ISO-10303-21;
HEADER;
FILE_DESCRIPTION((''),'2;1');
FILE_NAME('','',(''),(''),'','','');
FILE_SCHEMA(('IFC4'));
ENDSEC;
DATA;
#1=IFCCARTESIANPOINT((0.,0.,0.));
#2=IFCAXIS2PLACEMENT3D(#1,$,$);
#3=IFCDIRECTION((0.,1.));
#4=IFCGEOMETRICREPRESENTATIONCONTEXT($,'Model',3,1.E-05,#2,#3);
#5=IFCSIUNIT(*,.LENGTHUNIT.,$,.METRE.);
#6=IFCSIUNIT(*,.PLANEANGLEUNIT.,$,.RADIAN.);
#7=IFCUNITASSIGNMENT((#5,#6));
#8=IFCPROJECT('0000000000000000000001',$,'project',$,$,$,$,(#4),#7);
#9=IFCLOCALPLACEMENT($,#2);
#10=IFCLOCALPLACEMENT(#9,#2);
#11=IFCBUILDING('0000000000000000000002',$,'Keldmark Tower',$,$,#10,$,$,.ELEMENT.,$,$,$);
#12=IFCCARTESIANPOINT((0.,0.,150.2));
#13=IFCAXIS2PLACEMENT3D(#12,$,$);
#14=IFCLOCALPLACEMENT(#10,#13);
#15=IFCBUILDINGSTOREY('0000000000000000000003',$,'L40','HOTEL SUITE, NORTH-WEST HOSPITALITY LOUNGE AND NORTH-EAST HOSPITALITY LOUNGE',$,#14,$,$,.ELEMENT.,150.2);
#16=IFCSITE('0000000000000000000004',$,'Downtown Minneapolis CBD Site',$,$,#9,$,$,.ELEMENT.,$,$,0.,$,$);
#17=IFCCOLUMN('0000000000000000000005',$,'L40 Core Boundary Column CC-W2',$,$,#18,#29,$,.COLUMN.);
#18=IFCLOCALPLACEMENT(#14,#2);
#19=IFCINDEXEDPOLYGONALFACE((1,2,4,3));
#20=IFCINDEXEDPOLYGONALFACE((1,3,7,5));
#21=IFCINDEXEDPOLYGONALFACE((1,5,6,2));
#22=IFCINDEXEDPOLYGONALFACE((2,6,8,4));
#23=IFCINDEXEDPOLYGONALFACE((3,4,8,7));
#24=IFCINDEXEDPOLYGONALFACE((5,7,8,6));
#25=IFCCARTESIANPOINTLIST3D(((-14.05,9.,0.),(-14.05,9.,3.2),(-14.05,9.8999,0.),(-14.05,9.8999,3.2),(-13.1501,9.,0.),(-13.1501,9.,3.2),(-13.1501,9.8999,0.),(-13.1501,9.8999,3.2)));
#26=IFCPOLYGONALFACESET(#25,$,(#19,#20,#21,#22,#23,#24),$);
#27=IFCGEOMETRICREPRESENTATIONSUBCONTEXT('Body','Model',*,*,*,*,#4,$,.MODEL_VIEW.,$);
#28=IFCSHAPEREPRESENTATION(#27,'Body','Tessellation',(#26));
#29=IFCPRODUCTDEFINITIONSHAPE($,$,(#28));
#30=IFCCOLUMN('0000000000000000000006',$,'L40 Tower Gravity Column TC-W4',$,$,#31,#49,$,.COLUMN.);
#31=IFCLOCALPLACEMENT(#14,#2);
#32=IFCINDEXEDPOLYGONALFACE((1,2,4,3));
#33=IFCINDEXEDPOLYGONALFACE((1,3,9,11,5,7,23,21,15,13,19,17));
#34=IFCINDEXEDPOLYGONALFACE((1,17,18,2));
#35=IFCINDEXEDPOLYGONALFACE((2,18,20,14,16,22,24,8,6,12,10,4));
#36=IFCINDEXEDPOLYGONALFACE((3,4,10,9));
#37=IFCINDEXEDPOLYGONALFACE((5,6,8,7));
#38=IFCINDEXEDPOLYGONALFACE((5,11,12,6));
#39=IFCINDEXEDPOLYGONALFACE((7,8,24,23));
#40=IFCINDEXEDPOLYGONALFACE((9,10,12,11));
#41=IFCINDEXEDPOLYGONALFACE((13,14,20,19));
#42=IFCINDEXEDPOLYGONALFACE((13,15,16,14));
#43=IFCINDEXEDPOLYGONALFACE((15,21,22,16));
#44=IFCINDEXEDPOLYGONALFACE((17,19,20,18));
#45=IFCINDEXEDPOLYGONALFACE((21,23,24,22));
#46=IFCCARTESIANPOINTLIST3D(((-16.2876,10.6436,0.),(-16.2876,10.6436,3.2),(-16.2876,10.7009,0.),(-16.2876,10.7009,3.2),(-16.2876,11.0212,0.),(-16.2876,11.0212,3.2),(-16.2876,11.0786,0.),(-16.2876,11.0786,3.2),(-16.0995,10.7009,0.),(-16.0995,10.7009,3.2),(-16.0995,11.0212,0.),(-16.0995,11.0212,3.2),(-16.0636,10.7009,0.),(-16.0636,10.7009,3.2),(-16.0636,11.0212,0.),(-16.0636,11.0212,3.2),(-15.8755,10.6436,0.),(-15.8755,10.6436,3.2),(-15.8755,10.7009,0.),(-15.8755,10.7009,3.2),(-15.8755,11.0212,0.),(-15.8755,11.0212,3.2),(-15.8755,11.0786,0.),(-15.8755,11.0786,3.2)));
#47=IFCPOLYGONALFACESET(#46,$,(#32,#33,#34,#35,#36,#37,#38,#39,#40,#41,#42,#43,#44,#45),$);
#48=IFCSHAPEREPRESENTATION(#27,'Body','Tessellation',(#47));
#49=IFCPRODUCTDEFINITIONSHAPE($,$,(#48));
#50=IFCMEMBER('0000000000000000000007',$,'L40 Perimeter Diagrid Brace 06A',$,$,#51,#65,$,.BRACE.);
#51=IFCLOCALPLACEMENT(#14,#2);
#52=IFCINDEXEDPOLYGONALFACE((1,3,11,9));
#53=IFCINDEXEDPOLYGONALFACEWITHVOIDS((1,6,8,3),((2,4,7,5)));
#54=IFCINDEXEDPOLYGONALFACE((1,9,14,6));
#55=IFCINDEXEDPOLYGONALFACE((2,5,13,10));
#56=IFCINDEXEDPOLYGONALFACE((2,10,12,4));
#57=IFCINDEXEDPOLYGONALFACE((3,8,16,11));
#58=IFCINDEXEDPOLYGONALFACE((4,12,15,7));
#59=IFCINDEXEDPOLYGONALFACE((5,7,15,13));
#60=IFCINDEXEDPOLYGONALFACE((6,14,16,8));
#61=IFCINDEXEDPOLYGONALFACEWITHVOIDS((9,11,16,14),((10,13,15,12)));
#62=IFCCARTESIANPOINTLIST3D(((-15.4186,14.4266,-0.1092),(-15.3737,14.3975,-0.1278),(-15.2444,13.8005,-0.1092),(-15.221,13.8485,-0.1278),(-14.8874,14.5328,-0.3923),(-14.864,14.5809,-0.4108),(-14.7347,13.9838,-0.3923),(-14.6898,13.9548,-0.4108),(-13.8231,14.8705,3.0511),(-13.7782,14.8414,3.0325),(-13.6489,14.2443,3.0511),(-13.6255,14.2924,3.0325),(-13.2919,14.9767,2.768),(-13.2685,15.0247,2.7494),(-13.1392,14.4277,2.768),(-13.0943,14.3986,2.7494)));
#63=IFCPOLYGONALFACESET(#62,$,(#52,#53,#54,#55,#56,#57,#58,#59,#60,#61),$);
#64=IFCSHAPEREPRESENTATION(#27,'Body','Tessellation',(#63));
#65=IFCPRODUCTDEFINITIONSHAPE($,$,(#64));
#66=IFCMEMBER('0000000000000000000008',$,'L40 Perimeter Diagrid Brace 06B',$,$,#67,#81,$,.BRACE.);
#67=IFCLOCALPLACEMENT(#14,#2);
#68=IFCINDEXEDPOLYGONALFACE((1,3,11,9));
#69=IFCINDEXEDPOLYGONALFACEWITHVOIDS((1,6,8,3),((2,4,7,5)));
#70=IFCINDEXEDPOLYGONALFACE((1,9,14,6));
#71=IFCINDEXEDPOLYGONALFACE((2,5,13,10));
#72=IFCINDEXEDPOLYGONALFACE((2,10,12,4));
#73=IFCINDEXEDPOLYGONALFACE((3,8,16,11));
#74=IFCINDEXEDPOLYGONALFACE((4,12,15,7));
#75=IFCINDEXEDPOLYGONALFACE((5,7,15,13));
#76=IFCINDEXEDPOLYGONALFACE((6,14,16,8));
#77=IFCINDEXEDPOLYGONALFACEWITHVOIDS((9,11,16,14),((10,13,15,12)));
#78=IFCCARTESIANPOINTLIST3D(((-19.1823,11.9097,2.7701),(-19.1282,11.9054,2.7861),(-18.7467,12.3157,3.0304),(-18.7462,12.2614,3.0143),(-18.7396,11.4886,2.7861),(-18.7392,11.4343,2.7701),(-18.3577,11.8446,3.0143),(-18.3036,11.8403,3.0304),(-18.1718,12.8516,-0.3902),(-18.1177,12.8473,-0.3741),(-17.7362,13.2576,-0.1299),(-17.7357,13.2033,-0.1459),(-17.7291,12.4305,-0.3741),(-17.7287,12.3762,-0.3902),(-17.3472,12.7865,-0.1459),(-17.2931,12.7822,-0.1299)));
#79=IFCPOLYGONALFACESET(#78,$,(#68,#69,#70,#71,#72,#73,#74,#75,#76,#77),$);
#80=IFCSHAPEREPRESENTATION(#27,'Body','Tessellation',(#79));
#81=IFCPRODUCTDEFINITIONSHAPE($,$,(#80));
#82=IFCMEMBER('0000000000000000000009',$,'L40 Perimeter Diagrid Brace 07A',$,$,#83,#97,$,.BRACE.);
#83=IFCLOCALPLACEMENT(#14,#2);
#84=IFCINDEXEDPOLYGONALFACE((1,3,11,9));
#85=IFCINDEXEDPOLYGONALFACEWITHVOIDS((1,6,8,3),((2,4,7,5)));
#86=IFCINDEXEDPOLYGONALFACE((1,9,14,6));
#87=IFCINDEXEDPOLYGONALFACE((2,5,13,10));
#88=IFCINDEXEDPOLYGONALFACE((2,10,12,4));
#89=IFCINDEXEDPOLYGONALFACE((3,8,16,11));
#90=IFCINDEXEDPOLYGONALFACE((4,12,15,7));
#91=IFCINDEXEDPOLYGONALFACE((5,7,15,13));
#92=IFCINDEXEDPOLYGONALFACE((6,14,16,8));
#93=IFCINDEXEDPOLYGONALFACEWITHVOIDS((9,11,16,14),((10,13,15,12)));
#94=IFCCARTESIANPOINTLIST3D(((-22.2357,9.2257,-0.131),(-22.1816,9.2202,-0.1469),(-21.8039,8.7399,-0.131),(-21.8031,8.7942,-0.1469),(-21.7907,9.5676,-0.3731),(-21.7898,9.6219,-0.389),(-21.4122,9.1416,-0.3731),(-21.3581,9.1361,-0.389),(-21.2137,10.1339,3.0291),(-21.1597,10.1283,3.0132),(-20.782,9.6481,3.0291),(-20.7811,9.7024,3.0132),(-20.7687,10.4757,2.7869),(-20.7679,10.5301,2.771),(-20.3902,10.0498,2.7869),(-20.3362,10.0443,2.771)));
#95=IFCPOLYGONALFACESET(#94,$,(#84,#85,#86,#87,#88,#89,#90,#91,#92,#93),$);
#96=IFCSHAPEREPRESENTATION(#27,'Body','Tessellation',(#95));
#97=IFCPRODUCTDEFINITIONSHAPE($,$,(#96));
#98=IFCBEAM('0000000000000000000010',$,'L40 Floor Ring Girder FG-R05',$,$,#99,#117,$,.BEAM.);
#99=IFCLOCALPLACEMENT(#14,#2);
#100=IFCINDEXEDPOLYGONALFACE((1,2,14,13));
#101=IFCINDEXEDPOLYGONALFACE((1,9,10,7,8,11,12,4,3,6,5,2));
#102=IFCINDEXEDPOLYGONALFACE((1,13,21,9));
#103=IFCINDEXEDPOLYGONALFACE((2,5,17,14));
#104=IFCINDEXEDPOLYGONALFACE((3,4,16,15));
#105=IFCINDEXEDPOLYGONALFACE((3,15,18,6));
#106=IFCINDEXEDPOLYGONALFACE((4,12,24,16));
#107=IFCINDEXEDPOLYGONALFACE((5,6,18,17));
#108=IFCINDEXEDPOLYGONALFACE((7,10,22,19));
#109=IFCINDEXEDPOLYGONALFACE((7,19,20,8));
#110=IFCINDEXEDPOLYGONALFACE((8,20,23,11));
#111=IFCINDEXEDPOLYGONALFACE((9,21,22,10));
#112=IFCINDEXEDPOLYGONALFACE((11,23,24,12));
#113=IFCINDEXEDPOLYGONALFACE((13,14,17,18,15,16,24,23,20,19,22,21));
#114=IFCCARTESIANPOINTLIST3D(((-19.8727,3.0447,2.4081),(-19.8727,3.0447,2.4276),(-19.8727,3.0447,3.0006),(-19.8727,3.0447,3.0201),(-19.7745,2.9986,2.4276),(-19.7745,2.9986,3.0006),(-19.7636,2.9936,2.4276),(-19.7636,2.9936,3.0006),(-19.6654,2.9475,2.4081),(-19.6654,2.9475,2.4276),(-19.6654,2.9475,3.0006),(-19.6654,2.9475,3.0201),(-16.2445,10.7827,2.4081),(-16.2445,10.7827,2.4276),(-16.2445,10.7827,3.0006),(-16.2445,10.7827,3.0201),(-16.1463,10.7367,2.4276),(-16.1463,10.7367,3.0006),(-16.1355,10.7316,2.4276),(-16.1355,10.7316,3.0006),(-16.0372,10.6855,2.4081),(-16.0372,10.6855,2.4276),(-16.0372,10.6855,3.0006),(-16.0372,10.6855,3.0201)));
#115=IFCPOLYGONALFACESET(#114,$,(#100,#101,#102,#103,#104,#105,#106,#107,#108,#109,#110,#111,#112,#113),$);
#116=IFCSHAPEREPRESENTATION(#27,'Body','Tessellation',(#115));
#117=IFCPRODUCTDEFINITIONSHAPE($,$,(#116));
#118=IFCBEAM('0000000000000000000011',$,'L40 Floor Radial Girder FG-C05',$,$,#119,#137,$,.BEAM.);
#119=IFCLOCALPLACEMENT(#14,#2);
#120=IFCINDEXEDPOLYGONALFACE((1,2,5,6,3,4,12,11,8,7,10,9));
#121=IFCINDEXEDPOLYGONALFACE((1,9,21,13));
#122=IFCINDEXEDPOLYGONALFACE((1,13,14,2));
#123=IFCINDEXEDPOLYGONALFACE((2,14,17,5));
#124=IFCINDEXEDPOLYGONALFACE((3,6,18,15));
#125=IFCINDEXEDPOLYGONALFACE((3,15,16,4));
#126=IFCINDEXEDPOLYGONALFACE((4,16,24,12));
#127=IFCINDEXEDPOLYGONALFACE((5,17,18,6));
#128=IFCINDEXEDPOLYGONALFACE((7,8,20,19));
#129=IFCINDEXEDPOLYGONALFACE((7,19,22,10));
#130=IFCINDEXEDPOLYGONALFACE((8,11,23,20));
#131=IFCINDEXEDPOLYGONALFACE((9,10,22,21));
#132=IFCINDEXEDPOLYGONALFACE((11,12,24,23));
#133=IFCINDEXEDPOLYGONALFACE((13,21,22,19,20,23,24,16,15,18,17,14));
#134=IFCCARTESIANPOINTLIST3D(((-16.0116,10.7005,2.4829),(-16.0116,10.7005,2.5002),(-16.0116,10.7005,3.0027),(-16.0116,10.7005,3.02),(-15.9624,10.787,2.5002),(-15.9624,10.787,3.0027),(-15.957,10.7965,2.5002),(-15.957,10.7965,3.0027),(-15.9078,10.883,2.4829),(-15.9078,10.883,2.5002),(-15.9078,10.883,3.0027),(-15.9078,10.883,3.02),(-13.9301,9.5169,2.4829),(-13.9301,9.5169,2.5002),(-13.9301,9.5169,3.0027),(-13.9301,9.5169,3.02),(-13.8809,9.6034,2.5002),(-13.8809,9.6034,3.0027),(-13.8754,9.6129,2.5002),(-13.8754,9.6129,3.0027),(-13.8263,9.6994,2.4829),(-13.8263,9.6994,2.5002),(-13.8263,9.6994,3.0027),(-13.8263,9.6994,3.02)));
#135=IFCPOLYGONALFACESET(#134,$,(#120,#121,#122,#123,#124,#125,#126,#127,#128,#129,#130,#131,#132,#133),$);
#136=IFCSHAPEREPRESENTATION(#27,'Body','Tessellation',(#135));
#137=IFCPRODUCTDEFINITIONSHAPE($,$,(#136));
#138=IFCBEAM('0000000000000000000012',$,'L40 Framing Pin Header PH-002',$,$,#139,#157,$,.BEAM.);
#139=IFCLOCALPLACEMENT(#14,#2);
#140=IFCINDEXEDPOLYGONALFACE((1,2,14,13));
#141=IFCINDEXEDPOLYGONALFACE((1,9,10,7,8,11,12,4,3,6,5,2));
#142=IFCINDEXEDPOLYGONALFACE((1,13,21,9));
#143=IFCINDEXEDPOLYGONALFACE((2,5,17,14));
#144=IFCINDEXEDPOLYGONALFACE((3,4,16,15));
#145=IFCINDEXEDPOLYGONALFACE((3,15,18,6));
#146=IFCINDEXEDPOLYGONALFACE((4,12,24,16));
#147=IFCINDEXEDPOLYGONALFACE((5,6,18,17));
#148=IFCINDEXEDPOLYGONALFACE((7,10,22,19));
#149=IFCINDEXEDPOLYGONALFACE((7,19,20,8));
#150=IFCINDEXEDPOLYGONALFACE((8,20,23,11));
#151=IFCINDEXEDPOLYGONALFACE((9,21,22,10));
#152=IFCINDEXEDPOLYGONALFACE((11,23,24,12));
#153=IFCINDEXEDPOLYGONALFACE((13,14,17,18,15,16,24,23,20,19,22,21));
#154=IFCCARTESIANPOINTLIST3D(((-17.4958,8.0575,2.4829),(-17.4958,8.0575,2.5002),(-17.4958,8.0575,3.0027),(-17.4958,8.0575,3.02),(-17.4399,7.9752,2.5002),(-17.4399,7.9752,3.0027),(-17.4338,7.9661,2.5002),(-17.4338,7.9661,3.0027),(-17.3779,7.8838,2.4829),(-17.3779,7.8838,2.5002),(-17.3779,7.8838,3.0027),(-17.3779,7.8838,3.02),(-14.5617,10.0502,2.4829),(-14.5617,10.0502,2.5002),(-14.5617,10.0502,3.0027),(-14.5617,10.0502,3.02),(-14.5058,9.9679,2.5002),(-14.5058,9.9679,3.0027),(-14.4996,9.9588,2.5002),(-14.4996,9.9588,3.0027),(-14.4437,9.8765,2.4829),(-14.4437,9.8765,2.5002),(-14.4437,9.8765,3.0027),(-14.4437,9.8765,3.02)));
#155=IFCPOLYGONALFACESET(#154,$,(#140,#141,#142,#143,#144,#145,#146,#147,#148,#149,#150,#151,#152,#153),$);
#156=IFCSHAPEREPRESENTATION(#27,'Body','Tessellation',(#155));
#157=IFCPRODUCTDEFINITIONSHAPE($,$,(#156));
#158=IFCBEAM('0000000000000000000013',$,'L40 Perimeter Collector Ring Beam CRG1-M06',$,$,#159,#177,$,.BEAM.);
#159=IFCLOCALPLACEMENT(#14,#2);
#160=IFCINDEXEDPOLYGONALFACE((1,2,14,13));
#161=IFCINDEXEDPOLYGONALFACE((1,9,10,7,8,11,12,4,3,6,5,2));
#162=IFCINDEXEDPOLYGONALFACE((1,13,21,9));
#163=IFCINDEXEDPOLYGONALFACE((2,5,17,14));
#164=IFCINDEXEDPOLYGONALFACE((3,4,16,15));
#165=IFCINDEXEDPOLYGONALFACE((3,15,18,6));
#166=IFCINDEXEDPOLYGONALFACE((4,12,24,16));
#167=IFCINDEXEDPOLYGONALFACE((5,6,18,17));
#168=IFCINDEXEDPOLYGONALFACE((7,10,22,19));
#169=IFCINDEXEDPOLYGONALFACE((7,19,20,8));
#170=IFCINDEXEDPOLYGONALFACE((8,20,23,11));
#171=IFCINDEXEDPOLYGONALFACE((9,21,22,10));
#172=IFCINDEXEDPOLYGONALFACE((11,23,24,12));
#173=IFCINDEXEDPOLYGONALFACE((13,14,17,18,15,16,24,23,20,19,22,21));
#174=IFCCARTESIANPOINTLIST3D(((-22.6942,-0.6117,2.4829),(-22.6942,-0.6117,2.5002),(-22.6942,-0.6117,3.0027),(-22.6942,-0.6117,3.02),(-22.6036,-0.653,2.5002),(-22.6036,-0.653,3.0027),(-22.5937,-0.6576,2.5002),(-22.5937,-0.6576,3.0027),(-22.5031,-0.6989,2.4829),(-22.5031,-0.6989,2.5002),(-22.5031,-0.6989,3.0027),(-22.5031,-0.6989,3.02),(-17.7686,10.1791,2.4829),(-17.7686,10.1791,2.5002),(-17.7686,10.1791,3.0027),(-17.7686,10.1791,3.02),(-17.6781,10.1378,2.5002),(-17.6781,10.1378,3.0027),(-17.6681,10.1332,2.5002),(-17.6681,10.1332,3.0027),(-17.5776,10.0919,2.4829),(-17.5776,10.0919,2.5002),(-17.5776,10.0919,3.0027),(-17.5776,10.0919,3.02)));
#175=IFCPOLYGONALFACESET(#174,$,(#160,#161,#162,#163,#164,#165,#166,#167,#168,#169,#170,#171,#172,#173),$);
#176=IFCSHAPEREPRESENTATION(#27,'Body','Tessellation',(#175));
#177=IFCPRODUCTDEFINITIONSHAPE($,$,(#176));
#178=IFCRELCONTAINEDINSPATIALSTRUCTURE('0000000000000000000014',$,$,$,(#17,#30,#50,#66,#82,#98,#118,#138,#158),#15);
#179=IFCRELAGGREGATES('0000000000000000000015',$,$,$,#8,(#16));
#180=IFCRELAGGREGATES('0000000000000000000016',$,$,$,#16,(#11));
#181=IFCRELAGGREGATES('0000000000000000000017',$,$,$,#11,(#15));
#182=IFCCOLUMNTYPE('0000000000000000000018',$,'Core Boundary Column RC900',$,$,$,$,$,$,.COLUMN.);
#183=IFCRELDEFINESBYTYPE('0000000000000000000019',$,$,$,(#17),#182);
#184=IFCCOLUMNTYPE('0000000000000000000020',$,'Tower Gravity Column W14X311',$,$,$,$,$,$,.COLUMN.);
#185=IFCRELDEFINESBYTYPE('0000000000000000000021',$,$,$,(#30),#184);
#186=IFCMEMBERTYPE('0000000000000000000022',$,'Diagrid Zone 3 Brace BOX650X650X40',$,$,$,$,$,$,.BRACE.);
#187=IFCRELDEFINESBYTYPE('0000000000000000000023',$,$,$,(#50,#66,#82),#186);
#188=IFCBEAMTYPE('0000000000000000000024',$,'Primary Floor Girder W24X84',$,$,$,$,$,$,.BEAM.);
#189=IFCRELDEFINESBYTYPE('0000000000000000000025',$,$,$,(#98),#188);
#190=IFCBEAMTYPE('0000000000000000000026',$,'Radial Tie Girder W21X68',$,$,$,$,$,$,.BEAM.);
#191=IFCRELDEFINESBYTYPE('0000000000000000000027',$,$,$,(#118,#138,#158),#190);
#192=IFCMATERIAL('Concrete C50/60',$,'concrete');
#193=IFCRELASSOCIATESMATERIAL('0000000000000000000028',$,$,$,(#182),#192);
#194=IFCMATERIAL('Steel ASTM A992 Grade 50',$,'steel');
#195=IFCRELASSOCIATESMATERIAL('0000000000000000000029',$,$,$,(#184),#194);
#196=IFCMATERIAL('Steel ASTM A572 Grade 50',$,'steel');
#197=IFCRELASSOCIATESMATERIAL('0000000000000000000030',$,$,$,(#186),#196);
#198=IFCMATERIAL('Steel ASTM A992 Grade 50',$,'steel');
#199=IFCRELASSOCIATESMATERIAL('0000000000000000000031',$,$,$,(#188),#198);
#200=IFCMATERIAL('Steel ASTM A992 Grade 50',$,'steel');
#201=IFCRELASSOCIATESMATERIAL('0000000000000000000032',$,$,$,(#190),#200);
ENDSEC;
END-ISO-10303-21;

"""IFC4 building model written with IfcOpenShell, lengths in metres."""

from ifc_helpers import new_model, si_unit, direction, frame, origin, origin_2d, place, context, subcontext, project, spatial, rectangle, hollow_rectangle, i_section, extrude, material, material_profile, profile_set, type_object, element, save


model = new_model("IFC4")

# Units and contexts
model_context = context("Model", 3, precision=1e-05, world=origin(), true_north=direction((0.0, 1.0)))
body_context = subcontext(model_context, "Body", "Model", "MODEL_VIEW")
ifc_project = project(units=[si_unit("LENGTHUNIT", "METRE"), si_unit("PLANEANGLEUNIT", "RADIAN")], contexts=[model_context])

# Site, building, storey
site_placement = place(None, origin())
site = spatial("IfcSite", under=ifc_project, at=site_placement, Name="Downtown Minneapolis CBD Site", CompositionType="ELEMENT", RefElevation=0.0)
building_placement = place(site_placement, origin())
building = spatial("IfcBuilding", under=site, at=building_placement, Name="Keldmark Tower", CompositionType="ELEMENT")
storey_placement = place(building_placement, frame((0.0, 0.0, 150.2)))
storey = spatial("IfcBuildingStorey", under=building, at=storey_placement, Name="L40", Description="HOTEL SUITE, NORTH-WEST HOSPITALITY LOUNGE AND NORTH-EAST HOSPITALITY LOUNGE", CompositionType="ELEMENT", Elevation=150.2)

# Columns
ifc_material_1 = material(Name="Concrete C50/60", Category="concrete")
ifc_material_profile_1 = material_profile(ifc_material_1, rectangle(XDim=0.8999, YDim=0.8999, at=origin_2d()), Name="RC900X900")
ifc_profile_set_1 = profile_set([ifc_material_profile_1], Name="Concrete C50/60")
column_type_1 = type_object("IfcColumnType", Name="Core Boundary Column RC900", PredefinedType="COLUMN", material=ifc_profile_set_1)
column_1_placement = place(storey_placement, frame((-13.6001, 9.45, 0.0), z_axis=(0.0, 0.0, 1.0), x_axis=(1.0, 0.0, 0.0)))
element("IfcColumn", 1, at=column_1_placement, inside=storey, type_object=column_type_1, Name="L40 Core Boundary Column CC-W2", PredefinedType="COLUMN", context=body_context, shape_type="SweptSolid", body=[
    extrude(rectangle(XDim=0.8999, YDim=0.8999, at=origin_2d()), origin(), (0.0, 0.0, 1.0), 3.2),
])
ifc_material_2 = material(Name="Steel ASTM A992 Grade 50", Category="steel")
ifc_material_profile_2 = material_profile(ifc_material_2, i_section(OverallWidth=0.4121, OverallDepth=0.4351, WebThickness=0.0359, FlangeThickness=0.0574, at=origin_2d()), Name="W14X311")
ifc_profile_set_2 = profile_set([ifc_material_profile_2], Name="Steel ASTM A992 Grade 50")
column_type_2 = type_object("IfcColumnType", Name="Tower Gravity Column W14X311", PredefinedType="COLUMN", material=ifc_profile_set_2)
column_2_placement = place(storey_placement, frame((-16.0815, 10.8611, 0.0), z_axis=(0.0, 0.0, 1.0), x_axis=(1.0, 0.0, 0.0)))
element("IfcColumn", 2, at=column_2_placement, inside=storey, type_object=column_type_2, Name="L40 Tower Gravity Column TC-W4", PredefinedType="COLUMN", context=body_context, shape_type="SweptSolid", body=[
    extrude(i_section(OverallWidth=0.4121, OverallDepth=0.4351, WebThickness=0.0359, FlangeThickness=0.0574, at=origin_2d()), origin(), (0.0, 0.0, 1.0), 3.2),
])

# Members
ifc_material_3 = material(Name="Steel ASTM A572 Grade 50", Category="steel")
ifc_material_profile_3 = material_profile(ifc_material_3, hollow_rectangle(XDim=0.6499, YDim=0.6499, WallThickness=0.04, at=origin_2d()), Name="BOX650X650X40")
ifc_profile_set_3 = profile_set([ifc_material_profile_3], Name="Steel ASTM A572 Grade 50")
member_type = type_object("IfcMemberType", Name="Diagrid Zone 3 Brace BOX650X650X40", PredefinedType="BRACE", material=ifc_profile_set_3)
member_1_placement = place(storey_placement, frame((-15.0542, 14.1907, -0.26), z_axis=(0.447185, 0.124404, 0.885748), x_axis=(-0.268016, 0.963414, 0.0)))
element("IfcMember", 3, at=member_1_placement, inside=storey, type_object=member_type, Name="L40 Perimeter Diagrid Brace 06A", PredefinedType="BRACE", context=body_context, shape_type="SweptSolid", body=[
    extrude(hollow_rectangle(XDim=0.6499, YDim=0.6499, WallThickness=0.04, at=origin_2d()), origin(), (0.0, 0.0, 1.0), 3.5679),
])
member_2_placement = place(storey_placement, frame((-17.7324, 12.8169, -0.26), z_axis=(-0.292992, -0.273101, 0.916281), x_axis=(0.68184, -0.731502, 0.0)))
element("IfcMember", 4, at=member_2_placement, inside=storey, type_object=member_type, Name="L40 Perimeter Diagrid Brace 06B", PredefinedType="BRACE", context=body_context, shape_type="SweptSolid", body=[
    extrude(hollow_rectangle(XDim=0.6499, YDim=0.6499, WallThickness=0.04, at=origin_2d()), origin(), (0.0, 0.0, 1.0), 3.449),
])
member_3_placement = place(storey_placement, frame((-21.7969, 9.1809, -0.26), z_axis=(0.296806, 0.263765, 0.917788), x_axis=(-0.664275, 0.747488, 0.0)))
element("IfcMember", 5, at=member_3_placement, inside=storey, type_object=member_type, Name="L40 Perimeter Diagrid Brace 07A", PredefinedType="BRACE", context=body_context, shape_type="SweptSolid", body=[
    extrude(hollow_rectangle(XDim=0.6499, YDim=0.6499, WallThickness=0.04, at=origin_2d()), origin(), (0.0, 0.0, 1.0), 3.4431),
])

# Beams
ifc_material_4 = material(Name="Steel ASTM A992 Grade 50", Category="steel")
ifc_material_profile_4 = material_profile(ifc_material_4, i_section(OverallWidth=0.229, OverallDepth=0.6121, WebThickness=0.012, FlangeThickness=0.0195, at=origin_2d()), Name="W24X84")
ifc_profile_set_4 = profile_set([ifc_material_profile_4], Name="Steel ASTM A992 Grade 50")
beam_type_1 = type_object("IfcBeamType", Name="Primary Floor Girder W24X84", PredefinedType="BEAM", material=ifc_profile_set_4)
beam_1_placement = place(storey_placement, frame((-16.1409, 10.7341, 2.7141), z_axis=(-0.424527, -0.905415, 0.0), x_axis=(0.905415, -0.424527, 0.0)))
element("IfcBeam", 6, at=beam_1_placement, inside=storey, type_object=beam_type_1, Name="L40 Floor Ring Girder FG-R05", PredefinedType="BEAM", context=body_context, shape_type="SweptSolid", body=[
    extrude(i_section(OverallWidth=0.229, OverallDepth=0.6121, WebThickness=0.012, FlangeThickness=0.0195, at=origin_2d()), origin(), (0.0, 0.0, 1.0), 8.5464),
])
ifc_material_5 = material(Name="Steel ASTM A992 Grade 50", Category="steel")
ifc_material_profile_5 = material_profile(ifc_material_5, i_section(OverallWidth=0.21, OverallDepth=0.5371, WebThickness=0.011, FlangeThickness=0.0173, at=origin_2d()), Name="W21X68")
ifc_profile_set_5 = profile_set([ifc_material_profile_5], Name="Steel ASTM A992 Grade 50")
beam_type_2 = type_object("IfcBeamType", Name="Radial Tie Girder W21X68", PredefinedType="BEAM", material=ifc_profile_set_5)
beam_2_placement = place(storey_placement, frame((-15.9597, 10.7917, 2.7515), z_axis=(0.869295, -0.494293, 0.0), x_axis=(0.494293, 0.869295, 0.0)))
element("IfcBeam", 7, at=beam_2_placement, inside=storey, type_object=beam_type_2, Name="L40 Floor Radial Girder FG-C05", PredefinedType="BEAM", context=body_context, shape_type="SweptSolid", body=[
    extrude(i_section(OverallWidth=0.21, OverallDepth=0.5371, WebThickness=0.011, FlangeThickness=0.0173, at=origin_2d()), origin(), (0.0, 0.0, 1.0), 2.3945),
])
beam_3_placement = place(storey_placement, frame((-14.5027, 9.9634, 2.7515), z_axis=(-0.827254, -0.561828, 0.0), x_axis=(0.561828, -0.827254, 0.0)))
element("IfcBeam", 8, at=beam_3_placement, inside=storey, type_object=beam_type_2, Name="L40 Framing Pin Header PH-002", PredefinedType="BEAM", context=body_context, shape_type="SweptSolid", body=[
    extrude(i_section(OverallWidth=0.21, OverallDepth=0.5371, WebThickness=0.011, FlangeThickness=0.0173, at=origin_2d()), origin(), (0.0, 0.0, 1.0), 3.5469),
])
beam_4_placement = place(storey_placement, frame((-17.6731, 10.1355, 2.7515), z_axis=(-0.415245, -0.90971, 0.0), x_axis=(0.90971, -0.415245, 0.0)))
element("IfcBeam", 9, at=beam_4_placement, inside=storey, type_object=beam_type_2, Name="L40 Perimeter Collector Ring Beam CRG1-M06", PredefinedType="BEAM", context=body_context, shape_type="SweptSolid", body=[
    extrude(i_section(OverallWidth=0.21, OverallDepth=0.5371, WebThickness=0.011, FlangeThickness=0.0173, at=origin_2d()), origin(), (0.0, 0.0, 1.0), 11.8618),
])

save(model, "model.ifc")
